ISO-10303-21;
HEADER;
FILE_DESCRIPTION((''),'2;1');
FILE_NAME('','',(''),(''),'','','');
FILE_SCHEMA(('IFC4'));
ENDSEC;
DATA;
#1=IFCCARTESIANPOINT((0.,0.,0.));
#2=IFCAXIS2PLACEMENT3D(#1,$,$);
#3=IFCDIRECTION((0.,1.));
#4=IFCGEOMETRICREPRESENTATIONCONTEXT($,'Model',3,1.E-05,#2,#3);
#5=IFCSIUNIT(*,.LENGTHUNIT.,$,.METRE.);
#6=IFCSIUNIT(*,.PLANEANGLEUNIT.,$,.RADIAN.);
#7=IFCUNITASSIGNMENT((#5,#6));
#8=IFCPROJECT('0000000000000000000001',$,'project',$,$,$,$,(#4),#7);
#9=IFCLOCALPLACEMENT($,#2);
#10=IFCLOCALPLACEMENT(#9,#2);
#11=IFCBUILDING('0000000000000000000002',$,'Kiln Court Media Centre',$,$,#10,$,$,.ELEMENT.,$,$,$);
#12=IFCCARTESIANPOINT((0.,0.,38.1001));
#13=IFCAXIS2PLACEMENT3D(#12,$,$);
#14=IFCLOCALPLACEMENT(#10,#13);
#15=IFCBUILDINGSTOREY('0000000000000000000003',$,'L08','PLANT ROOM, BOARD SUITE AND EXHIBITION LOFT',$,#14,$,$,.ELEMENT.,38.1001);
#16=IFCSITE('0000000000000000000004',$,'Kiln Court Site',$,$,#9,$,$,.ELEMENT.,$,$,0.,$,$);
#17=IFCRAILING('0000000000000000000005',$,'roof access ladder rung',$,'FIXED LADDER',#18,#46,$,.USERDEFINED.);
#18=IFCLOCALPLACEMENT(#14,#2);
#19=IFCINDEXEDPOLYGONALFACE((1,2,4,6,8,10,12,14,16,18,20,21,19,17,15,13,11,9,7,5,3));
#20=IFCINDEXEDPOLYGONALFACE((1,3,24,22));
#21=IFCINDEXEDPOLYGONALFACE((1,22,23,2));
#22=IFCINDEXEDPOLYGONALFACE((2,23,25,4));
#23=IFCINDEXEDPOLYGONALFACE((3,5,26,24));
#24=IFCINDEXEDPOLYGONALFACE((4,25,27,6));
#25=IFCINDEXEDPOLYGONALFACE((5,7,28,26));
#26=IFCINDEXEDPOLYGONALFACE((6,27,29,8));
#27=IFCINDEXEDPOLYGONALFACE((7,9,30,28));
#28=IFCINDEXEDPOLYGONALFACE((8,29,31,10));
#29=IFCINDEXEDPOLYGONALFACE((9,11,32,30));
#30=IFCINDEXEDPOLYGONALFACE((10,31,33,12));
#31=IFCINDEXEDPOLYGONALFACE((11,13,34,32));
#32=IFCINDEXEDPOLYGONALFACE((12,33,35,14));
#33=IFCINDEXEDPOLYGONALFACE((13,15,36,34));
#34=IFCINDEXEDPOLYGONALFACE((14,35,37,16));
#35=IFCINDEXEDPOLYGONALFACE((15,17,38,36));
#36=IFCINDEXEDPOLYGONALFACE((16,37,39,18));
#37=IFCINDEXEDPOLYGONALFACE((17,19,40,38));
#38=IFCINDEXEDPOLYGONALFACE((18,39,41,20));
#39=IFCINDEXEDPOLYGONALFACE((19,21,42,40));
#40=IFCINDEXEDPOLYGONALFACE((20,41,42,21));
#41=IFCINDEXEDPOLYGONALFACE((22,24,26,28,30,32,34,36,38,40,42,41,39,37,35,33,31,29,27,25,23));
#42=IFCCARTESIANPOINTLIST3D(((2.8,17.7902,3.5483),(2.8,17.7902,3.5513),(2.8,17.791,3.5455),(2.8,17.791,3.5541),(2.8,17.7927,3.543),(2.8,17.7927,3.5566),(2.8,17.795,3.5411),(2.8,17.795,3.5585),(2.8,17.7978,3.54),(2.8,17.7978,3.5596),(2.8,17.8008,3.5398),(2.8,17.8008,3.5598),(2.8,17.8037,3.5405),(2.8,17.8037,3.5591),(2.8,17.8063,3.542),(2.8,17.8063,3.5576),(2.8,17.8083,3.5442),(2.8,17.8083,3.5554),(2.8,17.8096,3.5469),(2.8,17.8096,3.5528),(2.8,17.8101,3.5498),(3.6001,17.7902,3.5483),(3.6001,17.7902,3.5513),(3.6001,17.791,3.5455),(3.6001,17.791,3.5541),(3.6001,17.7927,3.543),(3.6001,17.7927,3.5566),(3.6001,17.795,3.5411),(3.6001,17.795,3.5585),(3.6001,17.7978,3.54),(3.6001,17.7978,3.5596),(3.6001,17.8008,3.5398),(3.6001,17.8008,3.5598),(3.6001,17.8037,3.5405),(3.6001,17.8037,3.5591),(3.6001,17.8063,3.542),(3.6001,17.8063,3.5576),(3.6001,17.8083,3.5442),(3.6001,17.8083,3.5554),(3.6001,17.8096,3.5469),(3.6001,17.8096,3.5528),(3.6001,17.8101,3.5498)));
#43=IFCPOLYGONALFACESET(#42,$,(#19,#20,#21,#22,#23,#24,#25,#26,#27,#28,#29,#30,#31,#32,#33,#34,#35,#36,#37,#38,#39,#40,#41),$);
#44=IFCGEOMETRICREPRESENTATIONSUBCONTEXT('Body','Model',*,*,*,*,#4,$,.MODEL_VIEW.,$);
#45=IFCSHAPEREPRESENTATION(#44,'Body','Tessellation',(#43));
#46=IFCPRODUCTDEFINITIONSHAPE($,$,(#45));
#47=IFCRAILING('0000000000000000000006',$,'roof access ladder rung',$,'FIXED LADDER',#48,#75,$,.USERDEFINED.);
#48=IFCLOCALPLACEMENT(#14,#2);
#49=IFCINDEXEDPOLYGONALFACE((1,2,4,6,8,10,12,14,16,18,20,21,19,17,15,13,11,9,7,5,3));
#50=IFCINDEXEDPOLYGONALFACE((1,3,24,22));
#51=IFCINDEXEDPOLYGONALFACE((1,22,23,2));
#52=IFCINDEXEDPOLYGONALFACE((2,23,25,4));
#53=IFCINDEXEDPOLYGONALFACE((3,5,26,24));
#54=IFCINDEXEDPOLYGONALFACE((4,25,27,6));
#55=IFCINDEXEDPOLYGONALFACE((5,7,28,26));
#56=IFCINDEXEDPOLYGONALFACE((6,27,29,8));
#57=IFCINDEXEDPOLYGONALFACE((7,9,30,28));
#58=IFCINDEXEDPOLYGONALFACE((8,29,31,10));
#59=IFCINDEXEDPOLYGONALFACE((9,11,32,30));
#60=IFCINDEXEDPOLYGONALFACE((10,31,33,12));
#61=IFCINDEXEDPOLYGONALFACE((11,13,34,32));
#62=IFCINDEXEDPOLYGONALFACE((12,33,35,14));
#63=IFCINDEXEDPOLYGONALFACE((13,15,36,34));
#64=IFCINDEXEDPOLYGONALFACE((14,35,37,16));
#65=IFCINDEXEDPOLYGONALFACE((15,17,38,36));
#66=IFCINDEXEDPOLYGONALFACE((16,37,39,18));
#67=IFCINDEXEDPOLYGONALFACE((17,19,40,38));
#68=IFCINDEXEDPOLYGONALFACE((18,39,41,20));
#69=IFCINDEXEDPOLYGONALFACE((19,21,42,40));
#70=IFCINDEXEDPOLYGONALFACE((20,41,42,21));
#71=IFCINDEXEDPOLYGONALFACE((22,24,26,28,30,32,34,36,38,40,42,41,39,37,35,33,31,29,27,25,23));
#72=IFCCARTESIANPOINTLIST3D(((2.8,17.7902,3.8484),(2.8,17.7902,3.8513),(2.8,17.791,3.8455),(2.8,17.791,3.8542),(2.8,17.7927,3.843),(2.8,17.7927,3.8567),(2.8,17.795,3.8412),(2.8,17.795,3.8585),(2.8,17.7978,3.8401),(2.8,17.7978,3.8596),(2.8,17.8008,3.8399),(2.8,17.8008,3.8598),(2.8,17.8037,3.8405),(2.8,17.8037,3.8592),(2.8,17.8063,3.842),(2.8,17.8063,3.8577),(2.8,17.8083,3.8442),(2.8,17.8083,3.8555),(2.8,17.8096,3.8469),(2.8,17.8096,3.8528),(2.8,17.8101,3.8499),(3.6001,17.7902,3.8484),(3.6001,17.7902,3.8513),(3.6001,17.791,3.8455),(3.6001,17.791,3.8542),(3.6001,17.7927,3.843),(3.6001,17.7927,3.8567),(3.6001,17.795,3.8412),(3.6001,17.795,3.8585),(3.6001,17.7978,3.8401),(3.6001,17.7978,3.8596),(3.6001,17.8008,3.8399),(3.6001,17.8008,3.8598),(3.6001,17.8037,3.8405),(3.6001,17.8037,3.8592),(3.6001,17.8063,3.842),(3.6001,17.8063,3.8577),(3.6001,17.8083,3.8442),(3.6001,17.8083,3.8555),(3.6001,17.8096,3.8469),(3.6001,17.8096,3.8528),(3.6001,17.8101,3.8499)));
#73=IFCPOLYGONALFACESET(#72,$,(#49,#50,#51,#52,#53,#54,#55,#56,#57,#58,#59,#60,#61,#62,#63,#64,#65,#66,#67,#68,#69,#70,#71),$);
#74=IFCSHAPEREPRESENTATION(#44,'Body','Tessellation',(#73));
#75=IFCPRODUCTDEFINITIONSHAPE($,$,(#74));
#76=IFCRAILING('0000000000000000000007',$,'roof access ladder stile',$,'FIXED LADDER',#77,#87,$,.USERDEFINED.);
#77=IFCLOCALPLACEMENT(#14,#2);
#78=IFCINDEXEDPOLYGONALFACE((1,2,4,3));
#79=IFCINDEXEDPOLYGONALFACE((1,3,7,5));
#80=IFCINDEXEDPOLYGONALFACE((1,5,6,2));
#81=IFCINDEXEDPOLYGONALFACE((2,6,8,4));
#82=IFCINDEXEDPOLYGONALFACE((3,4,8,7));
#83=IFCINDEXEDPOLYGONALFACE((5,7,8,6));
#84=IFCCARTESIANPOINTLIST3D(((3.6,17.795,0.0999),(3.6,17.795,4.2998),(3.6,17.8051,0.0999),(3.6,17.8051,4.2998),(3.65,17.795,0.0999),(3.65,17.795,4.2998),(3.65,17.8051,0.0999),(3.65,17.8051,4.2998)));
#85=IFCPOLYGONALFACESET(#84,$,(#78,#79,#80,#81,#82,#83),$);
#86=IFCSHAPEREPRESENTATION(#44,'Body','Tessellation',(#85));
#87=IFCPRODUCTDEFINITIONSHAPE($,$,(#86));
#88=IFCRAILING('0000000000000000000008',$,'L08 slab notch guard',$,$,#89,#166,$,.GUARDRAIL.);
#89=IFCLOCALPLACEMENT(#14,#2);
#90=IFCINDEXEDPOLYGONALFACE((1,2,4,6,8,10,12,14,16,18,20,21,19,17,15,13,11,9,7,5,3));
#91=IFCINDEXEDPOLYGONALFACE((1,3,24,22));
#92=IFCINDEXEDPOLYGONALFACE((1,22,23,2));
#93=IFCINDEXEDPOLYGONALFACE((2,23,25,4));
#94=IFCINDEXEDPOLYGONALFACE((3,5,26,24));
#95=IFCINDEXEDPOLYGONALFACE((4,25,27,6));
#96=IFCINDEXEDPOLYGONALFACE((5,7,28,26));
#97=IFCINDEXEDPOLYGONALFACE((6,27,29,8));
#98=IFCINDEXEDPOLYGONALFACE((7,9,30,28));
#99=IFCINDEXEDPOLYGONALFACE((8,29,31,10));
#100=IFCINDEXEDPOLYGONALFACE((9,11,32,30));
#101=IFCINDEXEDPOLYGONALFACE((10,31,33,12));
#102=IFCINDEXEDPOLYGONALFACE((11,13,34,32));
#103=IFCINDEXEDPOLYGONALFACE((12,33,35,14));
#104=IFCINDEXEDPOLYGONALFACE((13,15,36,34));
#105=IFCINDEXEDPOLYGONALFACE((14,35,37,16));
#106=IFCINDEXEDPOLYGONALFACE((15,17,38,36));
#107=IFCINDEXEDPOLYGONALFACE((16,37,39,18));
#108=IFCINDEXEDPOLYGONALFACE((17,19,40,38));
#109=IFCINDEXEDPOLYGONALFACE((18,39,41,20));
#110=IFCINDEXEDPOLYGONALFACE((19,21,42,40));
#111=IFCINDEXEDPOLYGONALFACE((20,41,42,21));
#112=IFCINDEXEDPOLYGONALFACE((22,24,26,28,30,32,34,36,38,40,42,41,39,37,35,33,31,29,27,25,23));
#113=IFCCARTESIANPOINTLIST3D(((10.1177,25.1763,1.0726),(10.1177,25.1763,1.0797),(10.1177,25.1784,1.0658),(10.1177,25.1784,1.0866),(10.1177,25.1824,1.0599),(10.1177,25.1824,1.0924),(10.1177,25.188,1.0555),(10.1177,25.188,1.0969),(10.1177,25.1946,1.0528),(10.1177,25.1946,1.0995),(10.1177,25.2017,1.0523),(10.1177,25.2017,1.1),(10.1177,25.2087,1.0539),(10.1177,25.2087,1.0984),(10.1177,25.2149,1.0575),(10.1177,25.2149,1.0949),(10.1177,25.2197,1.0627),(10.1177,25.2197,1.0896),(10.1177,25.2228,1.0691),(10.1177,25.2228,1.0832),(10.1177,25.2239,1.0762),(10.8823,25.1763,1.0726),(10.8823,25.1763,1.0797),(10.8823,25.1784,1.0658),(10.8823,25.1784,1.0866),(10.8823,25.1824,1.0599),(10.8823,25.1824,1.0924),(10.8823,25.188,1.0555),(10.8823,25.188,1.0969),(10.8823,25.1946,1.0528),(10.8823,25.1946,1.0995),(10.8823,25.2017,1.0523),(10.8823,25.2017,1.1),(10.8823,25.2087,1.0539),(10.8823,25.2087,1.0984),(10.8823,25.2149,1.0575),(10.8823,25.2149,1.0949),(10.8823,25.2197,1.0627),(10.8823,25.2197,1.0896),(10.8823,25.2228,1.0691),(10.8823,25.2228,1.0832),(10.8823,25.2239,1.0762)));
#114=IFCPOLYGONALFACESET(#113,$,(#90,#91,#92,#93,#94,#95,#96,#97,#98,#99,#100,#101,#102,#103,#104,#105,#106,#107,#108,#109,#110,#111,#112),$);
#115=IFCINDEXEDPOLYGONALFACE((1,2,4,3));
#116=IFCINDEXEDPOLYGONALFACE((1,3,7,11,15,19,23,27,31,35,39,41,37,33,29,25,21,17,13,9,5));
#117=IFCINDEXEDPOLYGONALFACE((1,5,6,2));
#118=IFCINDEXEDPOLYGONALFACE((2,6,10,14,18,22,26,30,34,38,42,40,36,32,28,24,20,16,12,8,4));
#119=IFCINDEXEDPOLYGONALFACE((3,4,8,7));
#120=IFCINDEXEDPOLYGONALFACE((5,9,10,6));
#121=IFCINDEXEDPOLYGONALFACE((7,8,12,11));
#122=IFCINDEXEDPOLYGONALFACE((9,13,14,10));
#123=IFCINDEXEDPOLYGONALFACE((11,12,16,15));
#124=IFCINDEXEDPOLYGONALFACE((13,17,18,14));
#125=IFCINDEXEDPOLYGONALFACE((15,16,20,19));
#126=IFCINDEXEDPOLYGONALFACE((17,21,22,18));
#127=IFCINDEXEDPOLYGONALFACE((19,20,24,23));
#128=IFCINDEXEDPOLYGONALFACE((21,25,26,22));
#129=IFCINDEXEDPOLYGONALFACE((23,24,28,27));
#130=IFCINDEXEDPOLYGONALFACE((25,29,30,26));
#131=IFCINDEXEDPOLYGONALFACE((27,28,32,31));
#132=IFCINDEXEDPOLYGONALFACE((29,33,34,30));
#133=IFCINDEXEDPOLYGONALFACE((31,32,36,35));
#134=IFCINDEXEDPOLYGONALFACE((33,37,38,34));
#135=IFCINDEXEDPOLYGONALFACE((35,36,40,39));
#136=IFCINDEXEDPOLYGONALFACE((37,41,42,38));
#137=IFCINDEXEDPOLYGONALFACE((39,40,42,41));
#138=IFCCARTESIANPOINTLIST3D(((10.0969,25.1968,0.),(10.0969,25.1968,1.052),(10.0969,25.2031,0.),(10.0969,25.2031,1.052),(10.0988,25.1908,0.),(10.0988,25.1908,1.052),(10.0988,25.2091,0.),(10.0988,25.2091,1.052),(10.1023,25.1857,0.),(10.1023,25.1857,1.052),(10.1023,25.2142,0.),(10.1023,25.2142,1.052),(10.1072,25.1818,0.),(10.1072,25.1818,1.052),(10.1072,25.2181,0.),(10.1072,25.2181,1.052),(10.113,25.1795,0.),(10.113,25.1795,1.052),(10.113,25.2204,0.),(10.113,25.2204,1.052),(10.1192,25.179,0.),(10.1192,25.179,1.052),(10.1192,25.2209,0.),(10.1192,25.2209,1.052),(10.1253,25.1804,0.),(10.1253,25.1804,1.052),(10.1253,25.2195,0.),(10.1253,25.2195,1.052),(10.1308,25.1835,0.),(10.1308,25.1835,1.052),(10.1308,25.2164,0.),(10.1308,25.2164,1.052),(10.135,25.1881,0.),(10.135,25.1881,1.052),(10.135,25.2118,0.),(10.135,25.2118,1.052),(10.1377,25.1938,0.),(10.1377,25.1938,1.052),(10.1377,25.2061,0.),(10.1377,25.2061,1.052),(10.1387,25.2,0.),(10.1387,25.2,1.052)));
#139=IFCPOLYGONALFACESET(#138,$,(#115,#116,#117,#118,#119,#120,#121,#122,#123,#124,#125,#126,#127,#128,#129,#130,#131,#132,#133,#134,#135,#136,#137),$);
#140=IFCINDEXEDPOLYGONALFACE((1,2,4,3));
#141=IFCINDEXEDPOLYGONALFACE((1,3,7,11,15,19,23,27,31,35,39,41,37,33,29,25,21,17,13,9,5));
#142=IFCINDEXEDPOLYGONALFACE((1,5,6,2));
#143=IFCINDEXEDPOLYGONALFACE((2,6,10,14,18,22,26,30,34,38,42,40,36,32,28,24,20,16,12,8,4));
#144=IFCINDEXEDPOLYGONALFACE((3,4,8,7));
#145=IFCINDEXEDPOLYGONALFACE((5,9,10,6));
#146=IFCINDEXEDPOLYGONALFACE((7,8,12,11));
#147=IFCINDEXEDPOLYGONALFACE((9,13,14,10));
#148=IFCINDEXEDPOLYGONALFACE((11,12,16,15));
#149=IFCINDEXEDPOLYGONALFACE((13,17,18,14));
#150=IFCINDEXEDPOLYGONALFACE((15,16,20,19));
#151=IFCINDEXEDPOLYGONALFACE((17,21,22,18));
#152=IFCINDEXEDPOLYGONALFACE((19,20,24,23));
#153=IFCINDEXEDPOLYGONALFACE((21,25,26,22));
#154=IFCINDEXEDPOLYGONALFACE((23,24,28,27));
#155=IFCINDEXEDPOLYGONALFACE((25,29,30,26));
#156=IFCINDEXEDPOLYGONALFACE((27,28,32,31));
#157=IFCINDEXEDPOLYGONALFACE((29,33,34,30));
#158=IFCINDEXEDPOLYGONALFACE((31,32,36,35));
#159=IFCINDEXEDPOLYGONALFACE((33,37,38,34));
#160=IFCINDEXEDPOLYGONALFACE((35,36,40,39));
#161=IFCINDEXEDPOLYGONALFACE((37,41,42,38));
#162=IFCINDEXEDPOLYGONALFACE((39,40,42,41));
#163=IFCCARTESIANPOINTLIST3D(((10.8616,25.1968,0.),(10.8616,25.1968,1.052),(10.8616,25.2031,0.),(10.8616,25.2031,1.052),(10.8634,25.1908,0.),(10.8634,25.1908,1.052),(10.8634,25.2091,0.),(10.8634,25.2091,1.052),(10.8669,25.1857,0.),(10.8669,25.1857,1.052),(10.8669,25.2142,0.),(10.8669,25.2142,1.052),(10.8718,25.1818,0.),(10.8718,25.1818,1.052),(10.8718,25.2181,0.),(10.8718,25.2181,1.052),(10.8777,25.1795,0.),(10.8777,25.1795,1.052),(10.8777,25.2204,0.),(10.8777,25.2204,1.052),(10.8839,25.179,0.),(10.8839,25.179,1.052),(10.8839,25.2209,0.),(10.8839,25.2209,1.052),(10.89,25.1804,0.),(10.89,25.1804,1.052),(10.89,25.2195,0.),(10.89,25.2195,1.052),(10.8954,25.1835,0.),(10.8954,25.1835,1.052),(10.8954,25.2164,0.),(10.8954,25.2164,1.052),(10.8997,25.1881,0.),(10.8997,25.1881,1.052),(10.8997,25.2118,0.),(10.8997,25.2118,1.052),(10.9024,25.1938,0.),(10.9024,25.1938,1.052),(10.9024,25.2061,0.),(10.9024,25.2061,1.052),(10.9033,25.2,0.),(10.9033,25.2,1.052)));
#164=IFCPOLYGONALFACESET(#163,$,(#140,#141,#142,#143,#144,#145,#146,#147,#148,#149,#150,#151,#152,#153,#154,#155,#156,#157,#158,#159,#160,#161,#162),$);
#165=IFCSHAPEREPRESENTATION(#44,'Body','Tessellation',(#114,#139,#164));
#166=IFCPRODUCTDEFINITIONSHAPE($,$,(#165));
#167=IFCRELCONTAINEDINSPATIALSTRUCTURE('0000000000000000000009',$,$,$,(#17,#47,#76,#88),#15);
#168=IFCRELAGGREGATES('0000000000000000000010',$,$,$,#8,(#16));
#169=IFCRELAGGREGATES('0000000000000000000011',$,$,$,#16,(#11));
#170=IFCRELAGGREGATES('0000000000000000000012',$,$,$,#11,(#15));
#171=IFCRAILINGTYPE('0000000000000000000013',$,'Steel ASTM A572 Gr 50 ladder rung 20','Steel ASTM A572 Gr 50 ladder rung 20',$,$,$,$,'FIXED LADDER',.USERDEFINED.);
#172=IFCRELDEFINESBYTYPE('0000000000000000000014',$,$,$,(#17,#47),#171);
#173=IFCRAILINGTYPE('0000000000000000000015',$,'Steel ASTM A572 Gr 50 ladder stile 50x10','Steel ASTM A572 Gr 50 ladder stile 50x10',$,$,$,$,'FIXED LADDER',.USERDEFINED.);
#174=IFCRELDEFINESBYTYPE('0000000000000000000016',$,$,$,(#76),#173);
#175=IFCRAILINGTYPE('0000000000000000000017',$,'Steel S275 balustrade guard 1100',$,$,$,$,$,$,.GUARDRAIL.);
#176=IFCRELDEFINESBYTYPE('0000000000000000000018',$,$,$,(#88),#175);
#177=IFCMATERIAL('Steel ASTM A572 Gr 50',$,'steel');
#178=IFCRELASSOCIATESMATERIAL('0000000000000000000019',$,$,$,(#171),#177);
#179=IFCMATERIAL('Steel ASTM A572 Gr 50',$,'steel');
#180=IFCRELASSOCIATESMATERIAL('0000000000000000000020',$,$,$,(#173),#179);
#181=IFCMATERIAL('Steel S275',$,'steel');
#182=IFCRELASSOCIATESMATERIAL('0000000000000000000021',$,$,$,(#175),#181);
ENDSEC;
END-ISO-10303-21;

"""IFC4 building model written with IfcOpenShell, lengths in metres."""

from ifc_helpers import new_model, si_unit, direction, frame, origin, origin_2d, place, context, subcontext, project, spatial, rectangle, circle, extrude, material, material_profile, profile_set, type_object, element, save


model = new_model("IFC4")

# Units and contexts
model_context = context("Model", 3, precision=1e-05, world=origin(), true_north=direction((0.0, 1.0)))
body_context = subcontext(model_context, "Body", "Model", "MODEL_VIEW")
ifc_project = project(units=[si_unit("LENGTHUNIT", "METRE"), si_unit("PLANEANGLEUNIT", "RADIAN")], contexts=[model_context])

# Site, building, storey
site_placement = place(None, origin())
site = spatial("IfcSite", under=ifc_project, at=site_placement, Name="Kiln Court Site", CompositionType="ELEMENT", RefElevation=0.0)
building_placement = place(site_placement, origin())
building = spatial("IfcBuilding", under=site, at=building_placement, Name="Kiln Court Media Centre", CompositionType="ELEMENT")
storey_placement = place(building_placement, frame((0.0, 0.0, 38.1001)))
storey = spatial("IfcBuildingStorey", under=building, at=storey_placement, Name="L08", Description="PLANT ROOM, BOARD SUITE AND EXHIBITION LOFT", CompositionType="ELEMENT", Elevation=38.1001)

# Railings
ifc_material_1 = material(Name="Steel ASTM A572 Gr 50", Category="steel")
ifc_material_profile_1 = material_profile(ifc_material_1, circle(Radius=0.01, at=origin_2d()), Name="Steel ASTM A572 Gr 50 ladder rung 20")
ifc_profile_set_1 = profile_set([ifc_material_profile_1], Name="Steel ASTM A572 Gr 50")
railing_type_1 = type_object("IfcRailingType", Name="Steel ASTM A572 Gr 50 ladder rung 20", Description="Steel ASTM A572 Gr 50 ladder rung 20", ElementType="FIXED LADDER", PredefinedType="USERDEFINED", material=ifc_profile_set_1)
for number, where, z_axis, x_axis, name in (
    (1, (2.8, 17.8, 3.5498), (1.0, 0.0, 0.0), (0.0, 1.0, 0.0), "roof access ladder rung"),
    (2, (2.8, 17.8, 3.8499), (1.0, 0.0, 0.0), (0.0, 1.0, 0.0), "roof access ladder rung"),
):
    element("IfcRailing", number, at=place(storey_placement, frame(where, z_axis=z_axis, x_axis=x_axis)), inside=storey, type_object=railing_type_1, Name=name, ObjectType="FIXED LADDER", PredefinedType="USERDEFINED", context=body_context, shape_type="SweptSolid", body=[
        extrude(circle(Radius=0.01, at=origin_2d()), origin(), (0.0, 0.0, 1.0), 0.8),
    ])
ifc_material_2 = material(Name="Steel ASTM A572 Gr 50", Category="steel")
ifc_material_profile_2 = material_profile(ifc_material_2, rectangle(XDim=0.05, YDim=0.01, at=origin_2d()), Name="Steel ASTM A572 Gr 50 ladder stile 50x10")
ifc_profile_set_2 = profile_set([ifc_material_profile_2], Name="Steel ASTM A572 Gr 50")
railing_type_2 = type_object("IfcRailingType", Name="Steel ASTM A572 Gr 50 ladder stile 50x10", Description="Steel ASTM A572 Gr 50 ladder stile 50x10", ElementType="FIXED LADDER", PredefinedType="USERDEFINED", material=ifc_profile_set_2)
railing_1_placement = place(storey_placement, frame((3.625, 17.8, 0.0999), z_axis=(0.0, 0.0, 1.0), x_axis=(1.0, 0.0, 0.0)))
element("IfcRailing", 3, at=railing_1_placement, inside=storey, type_object=railing_type_2, Name="roof access ladder stile", ObjectType="FIXED LADDER", PredefinedType="USERDEFINED", context=body_context, shape_type="SweptSolid", body=[
    extrude(rectangle(XDim=0.05, YDim=0.01, at=origin_2d()), origin(), (0.0, 0.0, 1.0), 4.2),
])
ifc_material_3 = material(Name="Steel S275", Category="steel")
railing_type_3 = type_object("IfcRailingType", Name="Steel S275 balustrade guard 1100", PredefinedType="GUARDRAIL", material=ifc_material_3)
for number, where, name in (
    (4, (10.1177, 25.2, 0.0), "L08 slab notch guard"),
):
    element("IfcRailing", number, at=place(storey_placement, frame(where)), inside=storey, type_object=railing_type_3, Name=name, PredefinedType="GUARDRAIL", context=body_context, shape_type="SweptSolid", body=[
        extrude(circle(Radius=0.0239, at=origin_2d()), frame((0.0, 0.0, 1.0762), z_axis=(1.0, 0.0, 0.0), x_axis=(0.0, 1.0, 0.0)), (0.0, 0.0, 1.0), 0.7646),
        extrude(circle(Radius=0.021, at=origin_2d()), origin(), (0.0, 0.0, 1.0), 1.052),
        extrude(circle(Radius=0.021, at=origin_2d()), frame((0.7646, 0.0, 0.0)), (0.0, 0.0, 1.0), 1.052),
    ])

save(model, "model.ifc")
